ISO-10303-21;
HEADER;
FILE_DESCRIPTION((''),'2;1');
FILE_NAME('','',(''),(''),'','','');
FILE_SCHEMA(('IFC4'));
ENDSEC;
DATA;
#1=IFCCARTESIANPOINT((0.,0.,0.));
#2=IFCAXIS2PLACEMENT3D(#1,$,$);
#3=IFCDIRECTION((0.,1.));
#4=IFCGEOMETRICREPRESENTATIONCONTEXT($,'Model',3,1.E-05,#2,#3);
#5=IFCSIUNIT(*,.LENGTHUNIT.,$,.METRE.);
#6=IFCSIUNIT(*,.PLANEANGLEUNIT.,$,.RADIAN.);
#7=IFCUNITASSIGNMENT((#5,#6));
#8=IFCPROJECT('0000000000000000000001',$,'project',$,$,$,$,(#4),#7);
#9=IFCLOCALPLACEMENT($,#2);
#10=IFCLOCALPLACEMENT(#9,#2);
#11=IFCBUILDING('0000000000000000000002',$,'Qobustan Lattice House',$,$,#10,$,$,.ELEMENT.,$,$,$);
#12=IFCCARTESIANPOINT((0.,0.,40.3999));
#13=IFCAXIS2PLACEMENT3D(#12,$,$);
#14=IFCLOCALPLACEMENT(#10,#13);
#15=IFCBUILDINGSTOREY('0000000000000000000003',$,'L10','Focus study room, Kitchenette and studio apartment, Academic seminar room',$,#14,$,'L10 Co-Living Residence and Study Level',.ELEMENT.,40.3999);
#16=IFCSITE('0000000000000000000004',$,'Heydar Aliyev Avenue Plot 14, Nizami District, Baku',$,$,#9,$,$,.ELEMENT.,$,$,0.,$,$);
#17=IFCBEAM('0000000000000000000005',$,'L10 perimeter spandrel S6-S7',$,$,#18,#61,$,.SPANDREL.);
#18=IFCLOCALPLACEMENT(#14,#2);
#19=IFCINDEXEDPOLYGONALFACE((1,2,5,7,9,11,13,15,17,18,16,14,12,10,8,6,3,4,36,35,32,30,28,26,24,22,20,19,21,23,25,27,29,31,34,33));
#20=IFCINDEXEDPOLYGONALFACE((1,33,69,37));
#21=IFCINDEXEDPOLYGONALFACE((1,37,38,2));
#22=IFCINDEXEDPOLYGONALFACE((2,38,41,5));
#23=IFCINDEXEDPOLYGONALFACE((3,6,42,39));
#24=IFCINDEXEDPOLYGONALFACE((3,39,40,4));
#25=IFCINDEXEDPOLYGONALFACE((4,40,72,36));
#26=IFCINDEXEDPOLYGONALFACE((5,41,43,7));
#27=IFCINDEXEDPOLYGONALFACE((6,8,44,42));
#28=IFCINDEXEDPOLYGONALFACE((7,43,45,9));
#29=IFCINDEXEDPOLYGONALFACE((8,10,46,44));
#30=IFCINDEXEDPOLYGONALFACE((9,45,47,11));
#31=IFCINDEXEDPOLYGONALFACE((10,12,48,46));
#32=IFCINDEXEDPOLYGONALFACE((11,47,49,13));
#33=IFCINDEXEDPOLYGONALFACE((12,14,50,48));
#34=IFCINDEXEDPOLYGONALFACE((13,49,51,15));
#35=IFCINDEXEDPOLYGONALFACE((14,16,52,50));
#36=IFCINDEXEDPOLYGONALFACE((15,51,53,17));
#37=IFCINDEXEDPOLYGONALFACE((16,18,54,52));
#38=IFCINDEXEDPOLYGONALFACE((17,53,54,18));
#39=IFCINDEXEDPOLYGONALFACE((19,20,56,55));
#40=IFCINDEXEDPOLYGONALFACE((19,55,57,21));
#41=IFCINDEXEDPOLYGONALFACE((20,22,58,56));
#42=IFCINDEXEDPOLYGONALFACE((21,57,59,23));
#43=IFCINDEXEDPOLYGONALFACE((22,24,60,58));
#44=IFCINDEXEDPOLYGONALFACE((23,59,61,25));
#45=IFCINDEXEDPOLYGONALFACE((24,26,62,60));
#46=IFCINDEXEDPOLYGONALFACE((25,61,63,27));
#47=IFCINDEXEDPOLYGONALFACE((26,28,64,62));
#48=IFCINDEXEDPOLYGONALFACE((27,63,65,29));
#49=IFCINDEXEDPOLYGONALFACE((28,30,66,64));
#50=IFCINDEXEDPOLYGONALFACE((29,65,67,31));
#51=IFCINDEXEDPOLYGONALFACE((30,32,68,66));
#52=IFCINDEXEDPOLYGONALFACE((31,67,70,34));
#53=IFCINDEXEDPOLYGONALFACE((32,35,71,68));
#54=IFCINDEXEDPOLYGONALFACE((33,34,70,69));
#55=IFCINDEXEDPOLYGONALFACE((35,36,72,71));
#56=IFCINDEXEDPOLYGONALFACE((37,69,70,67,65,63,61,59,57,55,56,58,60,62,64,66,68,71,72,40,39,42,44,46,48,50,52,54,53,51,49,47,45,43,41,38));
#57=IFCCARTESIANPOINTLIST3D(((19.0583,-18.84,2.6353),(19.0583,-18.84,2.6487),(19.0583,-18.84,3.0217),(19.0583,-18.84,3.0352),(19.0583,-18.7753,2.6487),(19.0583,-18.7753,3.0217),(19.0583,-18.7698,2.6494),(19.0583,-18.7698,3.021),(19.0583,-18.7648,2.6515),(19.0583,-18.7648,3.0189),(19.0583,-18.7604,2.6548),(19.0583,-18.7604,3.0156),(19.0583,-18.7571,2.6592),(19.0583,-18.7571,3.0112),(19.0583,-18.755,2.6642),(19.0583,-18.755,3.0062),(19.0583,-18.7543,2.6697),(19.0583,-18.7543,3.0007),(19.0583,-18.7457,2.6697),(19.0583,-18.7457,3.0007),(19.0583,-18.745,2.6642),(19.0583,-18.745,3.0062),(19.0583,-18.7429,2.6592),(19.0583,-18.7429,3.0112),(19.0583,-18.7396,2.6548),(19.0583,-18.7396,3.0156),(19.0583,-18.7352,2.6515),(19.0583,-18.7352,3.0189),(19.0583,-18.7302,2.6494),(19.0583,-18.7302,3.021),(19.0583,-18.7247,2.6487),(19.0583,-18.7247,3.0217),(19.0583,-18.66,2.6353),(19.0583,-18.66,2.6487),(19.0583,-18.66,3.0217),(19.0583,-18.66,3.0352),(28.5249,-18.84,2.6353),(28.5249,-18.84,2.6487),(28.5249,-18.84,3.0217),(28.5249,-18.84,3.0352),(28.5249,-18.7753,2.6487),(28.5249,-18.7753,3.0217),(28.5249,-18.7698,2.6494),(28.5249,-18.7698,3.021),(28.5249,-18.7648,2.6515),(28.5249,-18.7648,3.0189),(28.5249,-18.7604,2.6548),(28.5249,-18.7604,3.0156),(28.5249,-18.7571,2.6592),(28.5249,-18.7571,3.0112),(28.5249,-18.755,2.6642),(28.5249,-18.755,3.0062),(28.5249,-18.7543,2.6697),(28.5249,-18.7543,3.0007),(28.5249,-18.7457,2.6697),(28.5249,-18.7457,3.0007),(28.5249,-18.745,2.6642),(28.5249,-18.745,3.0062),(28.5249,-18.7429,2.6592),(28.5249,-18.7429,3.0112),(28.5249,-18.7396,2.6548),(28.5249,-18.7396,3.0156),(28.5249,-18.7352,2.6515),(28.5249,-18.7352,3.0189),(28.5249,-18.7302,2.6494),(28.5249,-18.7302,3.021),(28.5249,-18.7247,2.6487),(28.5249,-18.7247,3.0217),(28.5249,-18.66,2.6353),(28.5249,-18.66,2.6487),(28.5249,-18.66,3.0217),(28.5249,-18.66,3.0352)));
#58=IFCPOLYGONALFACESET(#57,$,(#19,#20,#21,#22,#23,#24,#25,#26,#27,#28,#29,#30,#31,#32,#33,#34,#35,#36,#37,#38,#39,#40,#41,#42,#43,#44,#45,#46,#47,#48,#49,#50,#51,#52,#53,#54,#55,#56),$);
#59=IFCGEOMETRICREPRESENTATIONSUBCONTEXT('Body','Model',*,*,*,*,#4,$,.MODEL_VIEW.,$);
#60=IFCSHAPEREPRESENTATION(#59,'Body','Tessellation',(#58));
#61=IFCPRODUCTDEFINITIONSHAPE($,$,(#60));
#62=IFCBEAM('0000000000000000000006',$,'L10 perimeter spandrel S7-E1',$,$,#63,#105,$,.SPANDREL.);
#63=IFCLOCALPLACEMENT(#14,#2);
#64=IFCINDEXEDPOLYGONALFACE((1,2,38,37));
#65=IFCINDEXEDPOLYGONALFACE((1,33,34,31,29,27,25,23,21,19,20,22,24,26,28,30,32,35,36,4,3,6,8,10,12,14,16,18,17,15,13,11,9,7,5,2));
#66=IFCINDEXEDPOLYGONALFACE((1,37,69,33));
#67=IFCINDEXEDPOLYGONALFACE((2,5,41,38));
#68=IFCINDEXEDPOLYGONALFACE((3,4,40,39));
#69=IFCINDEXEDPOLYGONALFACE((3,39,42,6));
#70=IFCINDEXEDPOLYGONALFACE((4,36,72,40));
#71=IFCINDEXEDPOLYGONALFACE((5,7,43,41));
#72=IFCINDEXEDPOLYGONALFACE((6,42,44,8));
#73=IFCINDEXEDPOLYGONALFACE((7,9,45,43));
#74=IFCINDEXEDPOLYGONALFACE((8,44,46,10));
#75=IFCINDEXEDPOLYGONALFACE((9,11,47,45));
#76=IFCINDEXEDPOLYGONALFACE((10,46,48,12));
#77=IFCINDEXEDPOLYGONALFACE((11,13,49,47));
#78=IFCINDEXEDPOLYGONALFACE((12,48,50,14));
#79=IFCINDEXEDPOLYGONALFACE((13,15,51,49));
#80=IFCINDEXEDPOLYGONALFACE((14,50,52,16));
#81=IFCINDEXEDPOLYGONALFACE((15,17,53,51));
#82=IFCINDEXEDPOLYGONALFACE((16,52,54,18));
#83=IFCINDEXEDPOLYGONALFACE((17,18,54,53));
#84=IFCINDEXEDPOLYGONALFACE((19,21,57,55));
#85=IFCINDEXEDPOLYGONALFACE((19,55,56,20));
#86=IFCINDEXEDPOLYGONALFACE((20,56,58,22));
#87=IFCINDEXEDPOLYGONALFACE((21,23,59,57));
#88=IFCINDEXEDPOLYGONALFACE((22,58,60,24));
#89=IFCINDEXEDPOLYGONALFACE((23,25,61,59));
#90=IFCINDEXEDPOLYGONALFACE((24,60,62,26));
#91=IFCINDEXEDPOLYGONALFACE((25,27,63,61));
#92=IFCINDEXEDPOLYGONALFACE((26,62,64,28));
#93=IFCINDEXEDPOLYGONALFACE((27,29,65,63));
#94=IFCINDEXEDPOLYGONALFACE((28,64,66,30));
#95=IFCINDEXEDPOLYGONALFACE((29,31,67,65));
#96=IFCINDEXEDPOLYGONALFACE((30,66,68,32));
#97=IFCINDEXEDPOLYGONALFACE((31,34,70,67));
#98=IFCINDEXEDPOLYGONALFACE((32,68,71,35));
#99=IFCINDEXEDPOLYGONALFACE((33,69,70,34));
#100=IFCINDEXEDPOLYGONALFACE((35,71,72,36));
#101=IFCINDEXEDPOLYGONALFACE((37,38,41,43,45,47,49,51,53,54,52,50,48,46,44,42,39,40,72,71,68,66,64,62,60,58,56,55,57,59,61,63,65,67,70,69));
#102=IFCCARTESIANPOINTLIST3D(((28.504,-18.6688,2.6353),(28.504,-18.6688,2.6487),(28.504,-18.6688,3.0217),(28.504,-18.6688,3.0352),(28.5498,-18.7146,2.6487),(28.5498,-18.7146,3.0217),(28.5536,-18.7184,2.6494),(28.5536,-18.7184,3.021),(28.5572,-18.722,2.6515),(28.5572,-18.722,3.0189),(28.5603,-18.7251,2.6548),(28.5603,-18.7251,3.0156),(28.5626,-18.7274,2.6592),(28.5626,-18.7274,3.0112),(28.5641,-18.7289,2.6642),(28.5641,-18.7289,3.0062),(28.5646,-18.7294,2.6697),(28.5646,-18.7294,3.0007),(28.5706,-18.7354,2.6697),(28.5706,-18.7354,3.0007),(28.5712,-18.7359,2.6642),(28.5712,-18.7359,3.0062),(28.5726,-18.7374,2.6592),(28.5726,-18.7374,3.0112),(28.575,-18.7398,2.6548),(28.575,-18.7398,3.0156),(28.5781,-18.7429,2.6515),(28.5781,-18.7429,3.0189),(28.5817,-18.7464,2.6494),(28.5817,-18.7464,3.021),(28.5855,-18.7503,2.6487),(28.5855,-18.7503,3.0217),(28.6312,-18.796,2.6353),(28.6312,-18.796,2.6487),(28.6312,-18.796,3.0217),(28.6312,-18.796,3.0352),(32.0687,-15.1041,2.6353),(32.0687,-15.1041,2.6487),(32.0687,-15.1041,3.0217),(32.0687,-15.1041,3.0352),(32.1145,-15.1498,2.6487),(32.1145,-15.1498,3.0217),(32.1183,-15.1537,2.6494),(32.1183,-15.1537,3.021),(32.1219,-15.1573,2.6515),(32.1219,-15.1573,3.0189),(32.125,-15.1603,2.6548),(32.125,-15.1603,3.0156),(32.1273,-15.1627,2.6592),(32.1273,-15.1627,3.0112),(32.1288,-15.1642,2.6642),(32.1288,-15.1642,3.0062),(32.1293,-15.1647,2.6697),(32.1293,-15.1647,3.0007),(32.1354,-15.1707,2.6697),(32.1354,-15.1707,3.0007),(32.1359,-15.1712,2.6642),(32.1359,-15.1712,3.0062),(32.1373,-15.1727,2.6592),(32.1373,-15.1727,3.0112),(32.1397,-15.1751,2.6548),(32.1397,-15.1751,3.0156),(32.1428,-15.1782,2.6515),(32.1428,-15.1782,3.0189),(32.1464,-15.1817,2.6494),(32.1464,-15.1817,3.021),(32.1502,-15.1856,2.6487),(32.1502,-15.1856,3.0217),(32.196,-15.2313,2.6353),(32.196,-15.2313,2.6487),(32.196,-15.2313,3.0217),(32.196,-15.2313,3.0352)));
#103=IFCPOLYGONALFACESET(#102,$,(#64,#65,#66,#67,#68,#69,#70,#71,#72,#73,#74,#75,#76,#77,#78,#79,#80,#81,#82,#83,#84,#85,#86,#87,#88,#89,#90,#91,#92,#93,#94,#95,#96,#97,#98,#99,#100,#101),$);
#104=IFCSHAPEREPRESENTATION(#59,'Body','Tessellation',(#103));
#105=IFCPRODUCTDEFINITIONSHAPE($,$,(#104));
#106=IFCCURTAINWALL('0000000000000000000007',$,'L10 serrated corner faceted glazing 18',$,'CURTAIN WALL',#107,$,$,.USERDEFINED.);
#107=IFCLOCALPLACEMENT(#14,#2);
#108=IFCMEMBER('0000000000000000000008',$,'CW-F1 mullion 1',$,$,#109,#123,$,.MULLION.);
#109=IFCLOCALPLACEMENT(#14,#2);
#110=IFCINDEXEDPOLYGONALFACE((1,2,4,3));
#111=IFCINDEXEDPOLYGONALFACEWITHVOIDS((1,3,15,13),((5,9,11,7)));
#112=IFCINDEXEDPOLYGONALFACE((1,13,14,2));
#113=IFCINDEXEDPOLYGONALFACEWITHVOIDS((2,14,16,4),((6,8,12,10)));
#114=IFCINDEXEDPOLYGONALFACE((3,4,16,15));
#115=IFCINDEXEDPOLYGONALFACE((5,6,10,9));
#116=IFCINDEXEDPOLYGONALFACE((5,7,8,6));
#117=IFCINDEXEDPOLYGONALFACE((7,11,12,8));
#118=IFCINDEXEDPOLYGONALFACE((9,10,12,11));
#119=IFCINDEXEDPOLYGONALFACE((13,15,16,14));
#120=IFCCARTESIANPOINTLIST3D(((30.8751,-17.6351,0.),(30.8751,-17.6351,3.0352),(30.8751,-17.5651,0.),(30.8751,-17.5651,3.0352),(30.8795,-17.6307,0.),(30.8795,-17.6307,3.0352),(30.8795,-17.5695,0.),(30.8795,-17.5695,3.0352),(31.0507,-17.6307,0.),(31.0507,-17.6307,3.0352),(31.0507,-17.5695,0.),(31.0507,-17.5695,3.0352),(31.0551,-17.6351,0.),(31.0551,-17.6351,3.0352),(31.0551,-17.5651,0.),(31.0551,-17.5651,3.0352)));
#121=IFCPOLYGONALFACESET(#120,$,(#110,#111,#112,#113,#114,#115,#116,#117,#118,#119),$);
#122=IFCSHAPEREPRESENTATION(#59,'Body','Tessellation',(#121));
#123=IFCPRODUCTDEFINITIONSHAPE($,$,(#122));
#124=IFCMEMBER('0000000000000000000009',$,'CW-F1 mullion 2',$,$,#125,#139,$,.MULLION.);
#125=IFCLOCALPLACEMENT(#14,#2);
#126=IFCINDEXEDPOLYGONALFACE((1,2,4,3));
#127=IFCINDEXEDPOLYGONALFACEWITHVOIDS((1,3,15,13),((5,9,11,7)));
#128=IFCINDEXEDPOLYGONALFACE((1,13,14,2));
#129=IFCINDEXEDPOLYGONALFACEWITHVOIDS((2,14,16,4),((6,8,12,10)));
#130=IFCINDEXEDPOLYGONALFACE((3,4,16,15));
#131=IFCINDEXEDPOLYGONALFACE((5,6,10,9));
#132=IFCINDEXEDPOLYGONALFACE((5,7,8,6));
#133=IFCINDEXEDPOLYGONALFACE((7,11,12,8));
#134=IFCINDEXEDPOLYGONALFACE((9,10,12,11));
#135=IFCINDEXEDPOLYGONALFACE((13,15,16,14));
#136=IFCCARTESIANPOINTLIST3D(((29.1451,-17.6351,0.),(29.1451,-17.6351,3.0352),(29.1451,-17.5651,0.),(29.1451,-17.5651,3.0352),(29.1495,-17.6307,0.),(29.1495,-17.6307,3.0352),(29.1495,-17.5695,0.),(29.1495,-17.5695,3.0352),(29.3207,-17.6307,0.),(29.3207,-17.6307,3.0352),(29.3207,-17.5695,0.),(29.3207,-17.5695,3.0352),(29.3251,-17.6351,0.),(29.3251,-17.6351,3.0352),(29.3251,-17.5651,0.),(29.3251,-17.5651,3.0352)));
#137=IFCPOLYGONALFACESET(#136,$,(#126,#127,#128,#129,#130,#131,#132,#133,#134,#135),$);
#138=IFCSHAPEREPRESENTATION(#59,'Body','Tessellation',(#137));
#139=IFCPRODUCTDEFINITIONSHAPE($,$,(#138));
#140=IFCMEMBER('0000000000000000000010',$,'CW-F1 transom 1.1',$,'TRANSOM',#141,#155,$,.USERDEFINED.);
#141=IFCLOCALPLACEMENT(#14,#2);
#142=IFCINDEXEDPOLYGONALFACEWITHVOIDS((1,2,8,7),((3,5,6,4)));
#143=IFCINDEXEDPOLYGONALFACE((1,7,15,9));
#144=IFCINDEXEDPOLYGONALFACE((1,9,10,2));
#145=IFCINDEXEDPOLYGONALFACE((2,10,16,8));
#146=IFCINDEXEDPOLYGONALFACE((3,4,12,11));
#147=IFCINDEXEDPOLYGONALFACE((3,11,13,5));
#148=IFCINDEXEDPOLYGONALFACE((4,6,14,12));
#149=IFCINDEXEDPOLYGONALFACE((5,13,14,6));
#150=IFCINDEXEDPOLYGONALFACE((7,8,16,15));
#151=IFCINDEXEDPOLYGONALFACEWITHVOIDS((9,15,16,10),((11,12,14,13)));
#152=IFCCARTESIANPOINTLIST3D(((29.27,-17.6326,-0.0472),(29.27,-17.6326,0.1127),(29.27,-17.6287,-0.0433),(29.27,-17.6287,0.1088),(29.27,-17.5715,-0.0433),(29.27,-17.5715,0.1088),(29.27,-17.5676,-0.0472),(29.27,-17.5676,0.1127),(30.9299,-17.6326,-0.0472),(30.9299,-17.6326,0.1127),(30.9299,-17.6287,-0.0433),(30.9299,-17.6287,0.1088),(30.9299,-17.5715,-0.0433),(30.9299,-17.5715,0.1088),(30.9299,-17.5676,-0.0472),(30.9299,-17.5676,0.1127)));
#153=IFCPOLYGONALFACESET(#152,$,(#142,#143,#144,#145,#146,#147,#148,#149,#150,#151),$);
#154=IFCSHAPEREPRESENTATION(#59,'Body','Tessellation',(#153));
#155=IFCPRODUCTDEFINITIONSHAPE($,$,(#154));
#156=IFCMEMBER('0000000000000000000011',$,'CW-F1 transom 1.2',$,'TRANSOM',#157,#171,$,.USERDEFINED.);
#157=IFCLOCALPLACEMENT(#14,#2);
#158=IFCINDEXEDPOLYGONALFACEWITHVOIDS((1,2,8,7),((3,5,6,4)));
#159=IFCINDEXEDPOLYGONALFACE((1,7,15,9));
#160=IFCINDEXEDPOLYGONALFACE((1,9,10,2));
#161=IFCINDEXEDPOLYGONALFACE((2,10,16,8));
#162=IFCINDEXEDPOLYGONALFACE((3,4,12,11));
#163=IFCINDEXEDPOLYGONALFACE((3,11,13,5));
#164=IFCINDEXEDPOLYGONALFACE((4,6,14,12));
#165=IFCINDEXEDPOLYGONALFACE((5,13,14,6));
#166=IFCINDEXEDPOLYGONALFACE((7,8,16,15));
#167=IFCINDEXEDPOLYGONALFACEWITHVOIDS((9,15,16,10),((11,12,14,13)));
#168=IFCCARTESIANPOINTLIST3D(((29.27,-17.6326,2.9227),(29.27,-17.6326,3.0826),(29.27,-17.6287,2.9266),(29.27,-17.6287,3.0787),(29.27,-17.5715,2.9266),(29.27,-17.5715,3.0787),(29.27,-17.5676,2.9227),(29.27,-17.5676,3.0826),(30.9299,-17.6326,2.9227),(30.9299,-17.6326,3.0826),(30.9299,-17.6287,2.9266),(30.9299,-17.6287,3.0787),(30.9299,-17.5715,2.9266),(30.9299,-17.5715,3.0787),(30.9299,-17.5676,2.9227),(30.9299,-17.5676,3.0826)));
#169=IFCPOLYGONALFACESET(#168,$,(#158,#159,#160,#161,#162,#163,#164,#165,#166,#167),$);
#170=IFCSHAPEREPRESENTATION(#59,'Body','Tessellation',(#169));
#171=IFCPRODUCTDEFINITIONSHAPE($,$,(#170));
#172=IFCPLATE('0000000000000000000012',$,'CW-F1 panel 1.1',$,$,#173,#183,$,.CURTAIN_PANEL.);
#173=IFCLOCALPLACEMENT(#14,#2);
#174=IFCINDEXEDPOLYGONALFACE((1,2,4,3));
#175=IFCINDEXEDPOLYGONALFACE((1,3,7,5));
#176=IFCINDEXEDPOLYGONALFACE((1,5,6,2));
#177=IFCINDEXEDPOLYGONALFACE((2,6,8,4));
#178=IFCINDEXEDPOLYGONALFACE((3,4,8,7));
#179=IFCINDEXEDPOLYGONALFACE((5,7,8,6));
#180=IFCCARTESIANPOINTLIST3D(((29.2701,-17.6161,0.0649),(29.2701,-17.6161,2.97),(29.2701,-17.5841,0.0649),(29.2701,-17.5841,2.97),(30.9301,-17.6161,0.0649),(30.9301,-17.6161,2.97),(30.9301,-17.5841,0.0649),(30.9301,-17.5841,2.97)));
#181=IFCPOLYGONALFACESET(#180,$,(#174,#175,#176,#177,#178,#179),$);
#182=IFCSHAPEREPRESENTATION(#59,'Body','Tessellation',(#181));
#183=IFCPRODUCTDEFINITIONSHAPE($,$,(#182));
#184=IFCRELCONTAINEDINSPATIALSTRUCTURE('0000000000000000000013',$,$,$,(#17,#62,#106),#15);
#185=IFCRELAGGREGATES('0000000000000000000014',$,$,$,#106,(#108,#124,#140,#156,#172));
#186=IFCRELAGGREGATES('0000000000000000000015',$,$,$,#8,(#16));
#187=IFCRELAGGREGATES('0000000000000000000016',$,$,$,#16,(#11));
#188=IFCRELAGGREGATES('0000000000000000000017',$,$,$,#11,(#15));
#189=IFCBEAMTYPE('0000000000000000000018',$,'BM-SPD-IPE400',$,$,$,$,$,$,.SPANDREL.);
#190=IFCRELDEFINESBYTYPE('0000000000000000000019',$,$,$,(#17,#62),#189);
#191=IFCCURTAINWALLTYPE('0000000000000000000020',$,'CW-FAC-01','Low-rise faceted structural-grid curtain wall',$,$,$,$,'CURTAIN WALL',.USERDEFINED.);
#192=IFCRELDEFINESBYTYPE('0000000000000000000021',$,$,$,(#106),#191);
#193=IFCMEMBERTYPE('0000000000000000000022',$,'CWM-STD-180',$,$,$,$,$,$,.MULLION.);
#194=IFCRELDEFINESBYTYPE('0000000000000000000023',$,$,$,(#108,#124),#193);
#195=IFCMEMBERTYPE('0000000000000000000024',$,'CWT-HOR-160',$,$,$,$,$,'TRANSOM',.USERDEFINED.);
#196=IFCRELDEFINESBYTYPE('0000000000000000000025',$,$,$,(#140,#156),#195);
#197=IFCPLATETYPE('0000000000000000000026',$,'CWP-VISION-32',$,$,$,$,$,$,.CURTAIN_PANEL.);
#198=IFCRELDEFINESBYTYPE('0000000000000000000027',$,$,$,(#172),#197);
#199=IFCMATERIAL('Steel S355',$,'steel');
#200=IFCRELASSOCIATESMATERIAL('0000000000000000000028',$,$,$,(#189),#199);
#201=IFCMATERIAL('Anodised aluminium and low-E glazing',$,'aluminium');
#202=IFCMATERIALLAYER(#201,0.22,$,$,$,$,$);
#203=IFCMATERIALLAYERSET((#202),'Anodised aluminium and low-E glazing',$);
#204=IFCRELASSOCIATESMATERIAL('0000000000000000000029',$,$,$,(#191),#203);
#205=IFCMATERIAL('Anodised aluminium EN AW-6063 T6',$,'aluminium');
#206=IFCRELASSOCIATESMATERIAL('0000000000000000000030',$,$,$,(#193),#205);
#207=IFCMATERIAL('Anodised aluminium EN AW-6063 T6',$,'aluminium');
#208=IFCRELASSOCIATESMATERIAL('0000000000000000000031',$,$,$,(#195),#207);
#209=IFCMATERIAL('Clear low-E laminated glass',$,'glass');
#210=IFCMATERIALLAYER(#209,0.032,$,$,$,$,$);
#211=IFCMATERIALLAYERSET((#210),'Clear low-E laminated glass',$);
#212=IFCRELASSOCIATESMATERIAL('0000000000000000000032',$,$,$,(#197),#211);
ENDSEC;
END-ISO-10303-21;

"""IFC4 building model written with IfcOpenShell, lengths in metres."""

from ifc_helpers import new_model, si_unit, direction, frame, origin, origin_2d, place, context, subcontext, project, spatial, rectangle, hollow_rectangle, i_section, extrude, material, layer, layer_set, material_profile, profile_set, type_object, element, aggregate, save


model = new_model("IFC4")

# Units and contexts
model_context = context("Model", 3, precision=1e-05, world=origin(), true_north=direction((0.0, 1.0)))
body_context = subcontext(model_context, "Body", "Model", "MODEL_VIEW")
ifc_project = project(units=[si_unit("LENGTHUNIT", "METRE"), si_unit("PLANEANGLEUNIT", "RADIAN")], contexts=[model_context])

# Site, building, storey
site_placement = place(None, origin())
site = spatial("IfcSite", under=ifc_project, at=site_placement, Name="Heydar Aliyev Avenue Plot 14, Nizami District, Baku", CompositionType="ELEMENT", RefElevation=0.0)
building_placement = place(site_placement, origin())
building = spatial("IfcBuilding", under=site, at=building_placement, Name="Qobustan Lattice House", CompositionType="ELEMENT")
storey_placement = place(building_placement, frame((0.0, 0.0, 40.3999)))
storey = spatial("IfcBuildingStorey", under=building, at=storey_placement, Name="L10", Description="Focus study room, Kitchenette and studio apartment, Academic seminar room", LongName="L10 Co-Living Residence and Study Level", CompositionType="ELEMENT", Elevation=40.3999)

# Beams
ifc_material_1 = material(Name="Steel S355", Category="steel")
ifc_material_profile_1 = material_profile(ifc_material_1, i_section(OverallWidth=0.1799, OverallDepth=0.3999, WebThickness=0.0085, FlangeThickness=0.0134, FilletRadius=0.021, at=origin_2d()), Name="IPE400")
ifc_profile_set_1 = profile_set([ifc_material_profile_1], Name="Steel S355")
beam_type_1 = type_object("IfcBeamType", Name="BM-SPD-IPE400", PredefinedType="SPANDREL", material=ifc_profile_set_1)
beam_1_placement = place(storey_placement, frame((19.0583, -18.75, 2.8352), z_axis=(1.0, 0.0, 0.0), x_axis=(0.0, 1.0, 0.0)))
element("IfcBeam", 1, at=beam_1_placement, inside=storey, type_object=beam_type_1, Name="L10 perimeter spandrel S6-S7", PredefinedType="SPANDREL", context=body_context, shape_type="SweptSolid", body=[
    extrude(i_section(OverallWidth=0.1799, OverallDepth=0.3999, WebThickness=0.0085, FlangeThickness=0.0134, FilletRadius=0.021, at=origin_2d()), origin(), (0.0, 0.0, 1.0), 9.4666),
])
beam_2_placement = place(storey_placement, frame((28.5676, -18.7324, 2.8352), z_axis=(0.707107, 0.707107, 0.0), x_axis=(-0.707107, 0.707107, 0.0)))
element("IfcBeam", 2, at=beam_2_placement, inside=storey, type_object=beam_type_1, Name="L10 perimeter spandrel S7-E1", PredefinedType="SPANDREL", context=body_context, shape_type="SweptSolid", body=[
    extrude(i_section(OverallWidth=0.1799, OverallDepth=0.3999, WebThickness=0.0085, FlangeThickness=0.0134, FilletRadius=0.021, at=origin_2d()), origin(), (0.0, 0.0, 1.0), 5.0413),
])

# Curtain wall, members, plate
ifc_material_2 = material(Name="Anodised aluminium and low-E glazing", Category="aluminium")
ifc_layer_1 = layer(ifc_material_2, 0.22)
ifc_layer_set_1 = layer_set([ifc_layer_1], Name="Anodised aluminium and low-E glazing")
curtain_wall_type = type_object("IfcCurtainWallType", Name="CW-FAC-01", Description="Low-rise faceted structural-grid curtain wall", ElementType="CURTAIN WALL", PredefinedType="USERDEFINED", material=ifc_layer_set_1)
curtain_wall_placement = place(storey_placement, origin())
curtain_wall = element("IfcCurtainWall", 3, at=curtain_wall_placement, inside=storey, type_object=curtain_wall_type, Name="L10 serrated corner faceted glazing 18", ObjectType="CURTAIN WALL", PredefinedType="USERDEFINED")
ifc_material_3 = material(Name="Anodised aluminium EN AW-6063 T6", Category="aluminium")
ifc_material_profile_2 = material_profile(ifc_material_3, hollow_rectangle(XDim=0.0701, YDim=0.1799, WallThickness=0.0044, at=origin_2d()), Name="CWM-180x70")
ifc_profile_set_2 = profile_set([ifc_material_profile_2], Name="Anodised aluminium EN AW-6063 T6")
member_type_1 = type_object("IfcMemberType", Name="CWM-STD-180", PredefinedType="MULLION", material=ifc_profile_set_2)
member_1_placement = place(storey_placement, frame((30.9651, -17.6001, 0.0), z_axis=(0.0, 0.0, 1.0), x_axis=(0.0, -1.0, 0.0)))
member_1 = element("IfcMember", 4, at=member_1_placement, type_object=member_type_1, Name="CW-F1 mullion 1", PredefinedType="MULLION", context=body_context, shape_type="SweptSolid", body=[
    extrude(hollow_rectangle(XDim=0.0701, YDim=0.1799, WallThickness=0.0044, at=origin_2d()), origin(), (0.0, 0.0, 1.0), 3.0352),
])
member_2_placement = place(storey_placement, frame((29.2351, -17.6001, 0.0), z_axis=(0.0, 0.0, 1.0), x_axis=(0.0, -1.0, 0.0)))
member_2 = element("IfcMember", 5, at=member_2_placement, type_object=member_type_1, Name="CW-F1 mullion 2", PredefinedType="MULLION", context=body_context, shape_type="SweptSolid", body=[
    extrude(hollow_rectangle(XDim=0.0701, YDim=0.1799, WallThickness=0.0044, at=origin_2d()), origin(), (0.0, 0.0, 1.0), 3.0352),
])
ifc_material_4 = material(Name="Anodised aluminium EN AW-6063 T6", Category="aluminium")
ifc_material_profile_3 = material_profile(ifc_material_4, hollow_rectangle(XDim=0.0649, YDim=0.1599, WallThickness=0.0039, at=origin_2d()), Name="CWT-160x65")
ifc_profile_set_3 = profile_set([ifc_material_profile_3], Name="Anodised aluminium EN AW-6063 T6")
member_type_2 = type_object("IfcMemberType", Name="CWT-HOR-160", ElementType="TRANSOM", PredefinedType="USERDEFINED", material=ifc_profile_set_3)
member_3_placement = place(storey_placement, frame((30.9299, -17.6001, 0.0327), z_axis=(-1.0, 0.0, 0.0), x_axis=(0.0, -1.0, 0.0)))
member_3 = element("IfcMember", 6, at=member_3_placement, type_object=member_type_2, Name="CW-F1 transom 1.1", ObjectType="TRANSOM", PredefinedType="USERDEFINED", context=body_context, shape_type="SweptSolid", body=[
    extrude(hollow_rectangle(XDim=0.0649, YDim=0.1599, WallThickness=0.0039, at=origin_2d()), origin(), (0.0, 0.0, 1.0), 1.6599),
])
member_4_placement = place(storey_placement, frame((30.9299, -17.6001, 3.0027), z_axis=(-1.0, 0.0, 0.0), x_axis=(0.0, -1.0, 0.0)))
member_4 = element("IfcMember", 7, at=member_4_placement, type_object=member_type_2, Name="CW-F1 transom 1.2", ObjectType="TRANSOM", PredefinedType="USERDEFINED", context=body_context, shape_type="SweptSolid", body=[
    extrude(hollow_rectangle(XDim=0.0649, YDim=0.1599, WallThickness=0.0039, at=origin_2d()), origin(), (0.0, 0.0, 1.0), 1.6599),
])
ifc_material_5 = material(Name="Clear low-E laminated glass", Category="glass")
ifc_layer_2 = layer(ifc_material_5, 0.032)
ifc_layer_set_2 = layer_set([ifc_layer_2], Name="Clear low-E laminated glass")
plate_type_1 = type_object("IfcPlateType", Name="CWP-VISION-32", PredefinedType="CURTAIN_PANEL", material=ifc_layer_set_2)
plate_1_placement = place(storey_placement, frame((30.1001, -17.6001, 0.0649), z_axis=(0.0, 0.0, 1.0), x_axis=(-1.0, 0.0, 0.0)))
plate_1 = element("IfcPlate", 8, at=plate_1_placement, type_object=plate_type_1, Name="CW-F1 panel 1.1", PredefinedType="CURTAIN_PANEL", context=body_context, shape_type="SweptSolid", body=[
    extrude(rectangle(XDim=1.6599, YDim=0.032, at=origin_2d()), origin(), (0.0, 0.0, 1.0), 2.905),
])
aggregate(curtain_wall, [member_1, member_2, member_3, member_4, plate_1])

save(model, "model.ifc")
